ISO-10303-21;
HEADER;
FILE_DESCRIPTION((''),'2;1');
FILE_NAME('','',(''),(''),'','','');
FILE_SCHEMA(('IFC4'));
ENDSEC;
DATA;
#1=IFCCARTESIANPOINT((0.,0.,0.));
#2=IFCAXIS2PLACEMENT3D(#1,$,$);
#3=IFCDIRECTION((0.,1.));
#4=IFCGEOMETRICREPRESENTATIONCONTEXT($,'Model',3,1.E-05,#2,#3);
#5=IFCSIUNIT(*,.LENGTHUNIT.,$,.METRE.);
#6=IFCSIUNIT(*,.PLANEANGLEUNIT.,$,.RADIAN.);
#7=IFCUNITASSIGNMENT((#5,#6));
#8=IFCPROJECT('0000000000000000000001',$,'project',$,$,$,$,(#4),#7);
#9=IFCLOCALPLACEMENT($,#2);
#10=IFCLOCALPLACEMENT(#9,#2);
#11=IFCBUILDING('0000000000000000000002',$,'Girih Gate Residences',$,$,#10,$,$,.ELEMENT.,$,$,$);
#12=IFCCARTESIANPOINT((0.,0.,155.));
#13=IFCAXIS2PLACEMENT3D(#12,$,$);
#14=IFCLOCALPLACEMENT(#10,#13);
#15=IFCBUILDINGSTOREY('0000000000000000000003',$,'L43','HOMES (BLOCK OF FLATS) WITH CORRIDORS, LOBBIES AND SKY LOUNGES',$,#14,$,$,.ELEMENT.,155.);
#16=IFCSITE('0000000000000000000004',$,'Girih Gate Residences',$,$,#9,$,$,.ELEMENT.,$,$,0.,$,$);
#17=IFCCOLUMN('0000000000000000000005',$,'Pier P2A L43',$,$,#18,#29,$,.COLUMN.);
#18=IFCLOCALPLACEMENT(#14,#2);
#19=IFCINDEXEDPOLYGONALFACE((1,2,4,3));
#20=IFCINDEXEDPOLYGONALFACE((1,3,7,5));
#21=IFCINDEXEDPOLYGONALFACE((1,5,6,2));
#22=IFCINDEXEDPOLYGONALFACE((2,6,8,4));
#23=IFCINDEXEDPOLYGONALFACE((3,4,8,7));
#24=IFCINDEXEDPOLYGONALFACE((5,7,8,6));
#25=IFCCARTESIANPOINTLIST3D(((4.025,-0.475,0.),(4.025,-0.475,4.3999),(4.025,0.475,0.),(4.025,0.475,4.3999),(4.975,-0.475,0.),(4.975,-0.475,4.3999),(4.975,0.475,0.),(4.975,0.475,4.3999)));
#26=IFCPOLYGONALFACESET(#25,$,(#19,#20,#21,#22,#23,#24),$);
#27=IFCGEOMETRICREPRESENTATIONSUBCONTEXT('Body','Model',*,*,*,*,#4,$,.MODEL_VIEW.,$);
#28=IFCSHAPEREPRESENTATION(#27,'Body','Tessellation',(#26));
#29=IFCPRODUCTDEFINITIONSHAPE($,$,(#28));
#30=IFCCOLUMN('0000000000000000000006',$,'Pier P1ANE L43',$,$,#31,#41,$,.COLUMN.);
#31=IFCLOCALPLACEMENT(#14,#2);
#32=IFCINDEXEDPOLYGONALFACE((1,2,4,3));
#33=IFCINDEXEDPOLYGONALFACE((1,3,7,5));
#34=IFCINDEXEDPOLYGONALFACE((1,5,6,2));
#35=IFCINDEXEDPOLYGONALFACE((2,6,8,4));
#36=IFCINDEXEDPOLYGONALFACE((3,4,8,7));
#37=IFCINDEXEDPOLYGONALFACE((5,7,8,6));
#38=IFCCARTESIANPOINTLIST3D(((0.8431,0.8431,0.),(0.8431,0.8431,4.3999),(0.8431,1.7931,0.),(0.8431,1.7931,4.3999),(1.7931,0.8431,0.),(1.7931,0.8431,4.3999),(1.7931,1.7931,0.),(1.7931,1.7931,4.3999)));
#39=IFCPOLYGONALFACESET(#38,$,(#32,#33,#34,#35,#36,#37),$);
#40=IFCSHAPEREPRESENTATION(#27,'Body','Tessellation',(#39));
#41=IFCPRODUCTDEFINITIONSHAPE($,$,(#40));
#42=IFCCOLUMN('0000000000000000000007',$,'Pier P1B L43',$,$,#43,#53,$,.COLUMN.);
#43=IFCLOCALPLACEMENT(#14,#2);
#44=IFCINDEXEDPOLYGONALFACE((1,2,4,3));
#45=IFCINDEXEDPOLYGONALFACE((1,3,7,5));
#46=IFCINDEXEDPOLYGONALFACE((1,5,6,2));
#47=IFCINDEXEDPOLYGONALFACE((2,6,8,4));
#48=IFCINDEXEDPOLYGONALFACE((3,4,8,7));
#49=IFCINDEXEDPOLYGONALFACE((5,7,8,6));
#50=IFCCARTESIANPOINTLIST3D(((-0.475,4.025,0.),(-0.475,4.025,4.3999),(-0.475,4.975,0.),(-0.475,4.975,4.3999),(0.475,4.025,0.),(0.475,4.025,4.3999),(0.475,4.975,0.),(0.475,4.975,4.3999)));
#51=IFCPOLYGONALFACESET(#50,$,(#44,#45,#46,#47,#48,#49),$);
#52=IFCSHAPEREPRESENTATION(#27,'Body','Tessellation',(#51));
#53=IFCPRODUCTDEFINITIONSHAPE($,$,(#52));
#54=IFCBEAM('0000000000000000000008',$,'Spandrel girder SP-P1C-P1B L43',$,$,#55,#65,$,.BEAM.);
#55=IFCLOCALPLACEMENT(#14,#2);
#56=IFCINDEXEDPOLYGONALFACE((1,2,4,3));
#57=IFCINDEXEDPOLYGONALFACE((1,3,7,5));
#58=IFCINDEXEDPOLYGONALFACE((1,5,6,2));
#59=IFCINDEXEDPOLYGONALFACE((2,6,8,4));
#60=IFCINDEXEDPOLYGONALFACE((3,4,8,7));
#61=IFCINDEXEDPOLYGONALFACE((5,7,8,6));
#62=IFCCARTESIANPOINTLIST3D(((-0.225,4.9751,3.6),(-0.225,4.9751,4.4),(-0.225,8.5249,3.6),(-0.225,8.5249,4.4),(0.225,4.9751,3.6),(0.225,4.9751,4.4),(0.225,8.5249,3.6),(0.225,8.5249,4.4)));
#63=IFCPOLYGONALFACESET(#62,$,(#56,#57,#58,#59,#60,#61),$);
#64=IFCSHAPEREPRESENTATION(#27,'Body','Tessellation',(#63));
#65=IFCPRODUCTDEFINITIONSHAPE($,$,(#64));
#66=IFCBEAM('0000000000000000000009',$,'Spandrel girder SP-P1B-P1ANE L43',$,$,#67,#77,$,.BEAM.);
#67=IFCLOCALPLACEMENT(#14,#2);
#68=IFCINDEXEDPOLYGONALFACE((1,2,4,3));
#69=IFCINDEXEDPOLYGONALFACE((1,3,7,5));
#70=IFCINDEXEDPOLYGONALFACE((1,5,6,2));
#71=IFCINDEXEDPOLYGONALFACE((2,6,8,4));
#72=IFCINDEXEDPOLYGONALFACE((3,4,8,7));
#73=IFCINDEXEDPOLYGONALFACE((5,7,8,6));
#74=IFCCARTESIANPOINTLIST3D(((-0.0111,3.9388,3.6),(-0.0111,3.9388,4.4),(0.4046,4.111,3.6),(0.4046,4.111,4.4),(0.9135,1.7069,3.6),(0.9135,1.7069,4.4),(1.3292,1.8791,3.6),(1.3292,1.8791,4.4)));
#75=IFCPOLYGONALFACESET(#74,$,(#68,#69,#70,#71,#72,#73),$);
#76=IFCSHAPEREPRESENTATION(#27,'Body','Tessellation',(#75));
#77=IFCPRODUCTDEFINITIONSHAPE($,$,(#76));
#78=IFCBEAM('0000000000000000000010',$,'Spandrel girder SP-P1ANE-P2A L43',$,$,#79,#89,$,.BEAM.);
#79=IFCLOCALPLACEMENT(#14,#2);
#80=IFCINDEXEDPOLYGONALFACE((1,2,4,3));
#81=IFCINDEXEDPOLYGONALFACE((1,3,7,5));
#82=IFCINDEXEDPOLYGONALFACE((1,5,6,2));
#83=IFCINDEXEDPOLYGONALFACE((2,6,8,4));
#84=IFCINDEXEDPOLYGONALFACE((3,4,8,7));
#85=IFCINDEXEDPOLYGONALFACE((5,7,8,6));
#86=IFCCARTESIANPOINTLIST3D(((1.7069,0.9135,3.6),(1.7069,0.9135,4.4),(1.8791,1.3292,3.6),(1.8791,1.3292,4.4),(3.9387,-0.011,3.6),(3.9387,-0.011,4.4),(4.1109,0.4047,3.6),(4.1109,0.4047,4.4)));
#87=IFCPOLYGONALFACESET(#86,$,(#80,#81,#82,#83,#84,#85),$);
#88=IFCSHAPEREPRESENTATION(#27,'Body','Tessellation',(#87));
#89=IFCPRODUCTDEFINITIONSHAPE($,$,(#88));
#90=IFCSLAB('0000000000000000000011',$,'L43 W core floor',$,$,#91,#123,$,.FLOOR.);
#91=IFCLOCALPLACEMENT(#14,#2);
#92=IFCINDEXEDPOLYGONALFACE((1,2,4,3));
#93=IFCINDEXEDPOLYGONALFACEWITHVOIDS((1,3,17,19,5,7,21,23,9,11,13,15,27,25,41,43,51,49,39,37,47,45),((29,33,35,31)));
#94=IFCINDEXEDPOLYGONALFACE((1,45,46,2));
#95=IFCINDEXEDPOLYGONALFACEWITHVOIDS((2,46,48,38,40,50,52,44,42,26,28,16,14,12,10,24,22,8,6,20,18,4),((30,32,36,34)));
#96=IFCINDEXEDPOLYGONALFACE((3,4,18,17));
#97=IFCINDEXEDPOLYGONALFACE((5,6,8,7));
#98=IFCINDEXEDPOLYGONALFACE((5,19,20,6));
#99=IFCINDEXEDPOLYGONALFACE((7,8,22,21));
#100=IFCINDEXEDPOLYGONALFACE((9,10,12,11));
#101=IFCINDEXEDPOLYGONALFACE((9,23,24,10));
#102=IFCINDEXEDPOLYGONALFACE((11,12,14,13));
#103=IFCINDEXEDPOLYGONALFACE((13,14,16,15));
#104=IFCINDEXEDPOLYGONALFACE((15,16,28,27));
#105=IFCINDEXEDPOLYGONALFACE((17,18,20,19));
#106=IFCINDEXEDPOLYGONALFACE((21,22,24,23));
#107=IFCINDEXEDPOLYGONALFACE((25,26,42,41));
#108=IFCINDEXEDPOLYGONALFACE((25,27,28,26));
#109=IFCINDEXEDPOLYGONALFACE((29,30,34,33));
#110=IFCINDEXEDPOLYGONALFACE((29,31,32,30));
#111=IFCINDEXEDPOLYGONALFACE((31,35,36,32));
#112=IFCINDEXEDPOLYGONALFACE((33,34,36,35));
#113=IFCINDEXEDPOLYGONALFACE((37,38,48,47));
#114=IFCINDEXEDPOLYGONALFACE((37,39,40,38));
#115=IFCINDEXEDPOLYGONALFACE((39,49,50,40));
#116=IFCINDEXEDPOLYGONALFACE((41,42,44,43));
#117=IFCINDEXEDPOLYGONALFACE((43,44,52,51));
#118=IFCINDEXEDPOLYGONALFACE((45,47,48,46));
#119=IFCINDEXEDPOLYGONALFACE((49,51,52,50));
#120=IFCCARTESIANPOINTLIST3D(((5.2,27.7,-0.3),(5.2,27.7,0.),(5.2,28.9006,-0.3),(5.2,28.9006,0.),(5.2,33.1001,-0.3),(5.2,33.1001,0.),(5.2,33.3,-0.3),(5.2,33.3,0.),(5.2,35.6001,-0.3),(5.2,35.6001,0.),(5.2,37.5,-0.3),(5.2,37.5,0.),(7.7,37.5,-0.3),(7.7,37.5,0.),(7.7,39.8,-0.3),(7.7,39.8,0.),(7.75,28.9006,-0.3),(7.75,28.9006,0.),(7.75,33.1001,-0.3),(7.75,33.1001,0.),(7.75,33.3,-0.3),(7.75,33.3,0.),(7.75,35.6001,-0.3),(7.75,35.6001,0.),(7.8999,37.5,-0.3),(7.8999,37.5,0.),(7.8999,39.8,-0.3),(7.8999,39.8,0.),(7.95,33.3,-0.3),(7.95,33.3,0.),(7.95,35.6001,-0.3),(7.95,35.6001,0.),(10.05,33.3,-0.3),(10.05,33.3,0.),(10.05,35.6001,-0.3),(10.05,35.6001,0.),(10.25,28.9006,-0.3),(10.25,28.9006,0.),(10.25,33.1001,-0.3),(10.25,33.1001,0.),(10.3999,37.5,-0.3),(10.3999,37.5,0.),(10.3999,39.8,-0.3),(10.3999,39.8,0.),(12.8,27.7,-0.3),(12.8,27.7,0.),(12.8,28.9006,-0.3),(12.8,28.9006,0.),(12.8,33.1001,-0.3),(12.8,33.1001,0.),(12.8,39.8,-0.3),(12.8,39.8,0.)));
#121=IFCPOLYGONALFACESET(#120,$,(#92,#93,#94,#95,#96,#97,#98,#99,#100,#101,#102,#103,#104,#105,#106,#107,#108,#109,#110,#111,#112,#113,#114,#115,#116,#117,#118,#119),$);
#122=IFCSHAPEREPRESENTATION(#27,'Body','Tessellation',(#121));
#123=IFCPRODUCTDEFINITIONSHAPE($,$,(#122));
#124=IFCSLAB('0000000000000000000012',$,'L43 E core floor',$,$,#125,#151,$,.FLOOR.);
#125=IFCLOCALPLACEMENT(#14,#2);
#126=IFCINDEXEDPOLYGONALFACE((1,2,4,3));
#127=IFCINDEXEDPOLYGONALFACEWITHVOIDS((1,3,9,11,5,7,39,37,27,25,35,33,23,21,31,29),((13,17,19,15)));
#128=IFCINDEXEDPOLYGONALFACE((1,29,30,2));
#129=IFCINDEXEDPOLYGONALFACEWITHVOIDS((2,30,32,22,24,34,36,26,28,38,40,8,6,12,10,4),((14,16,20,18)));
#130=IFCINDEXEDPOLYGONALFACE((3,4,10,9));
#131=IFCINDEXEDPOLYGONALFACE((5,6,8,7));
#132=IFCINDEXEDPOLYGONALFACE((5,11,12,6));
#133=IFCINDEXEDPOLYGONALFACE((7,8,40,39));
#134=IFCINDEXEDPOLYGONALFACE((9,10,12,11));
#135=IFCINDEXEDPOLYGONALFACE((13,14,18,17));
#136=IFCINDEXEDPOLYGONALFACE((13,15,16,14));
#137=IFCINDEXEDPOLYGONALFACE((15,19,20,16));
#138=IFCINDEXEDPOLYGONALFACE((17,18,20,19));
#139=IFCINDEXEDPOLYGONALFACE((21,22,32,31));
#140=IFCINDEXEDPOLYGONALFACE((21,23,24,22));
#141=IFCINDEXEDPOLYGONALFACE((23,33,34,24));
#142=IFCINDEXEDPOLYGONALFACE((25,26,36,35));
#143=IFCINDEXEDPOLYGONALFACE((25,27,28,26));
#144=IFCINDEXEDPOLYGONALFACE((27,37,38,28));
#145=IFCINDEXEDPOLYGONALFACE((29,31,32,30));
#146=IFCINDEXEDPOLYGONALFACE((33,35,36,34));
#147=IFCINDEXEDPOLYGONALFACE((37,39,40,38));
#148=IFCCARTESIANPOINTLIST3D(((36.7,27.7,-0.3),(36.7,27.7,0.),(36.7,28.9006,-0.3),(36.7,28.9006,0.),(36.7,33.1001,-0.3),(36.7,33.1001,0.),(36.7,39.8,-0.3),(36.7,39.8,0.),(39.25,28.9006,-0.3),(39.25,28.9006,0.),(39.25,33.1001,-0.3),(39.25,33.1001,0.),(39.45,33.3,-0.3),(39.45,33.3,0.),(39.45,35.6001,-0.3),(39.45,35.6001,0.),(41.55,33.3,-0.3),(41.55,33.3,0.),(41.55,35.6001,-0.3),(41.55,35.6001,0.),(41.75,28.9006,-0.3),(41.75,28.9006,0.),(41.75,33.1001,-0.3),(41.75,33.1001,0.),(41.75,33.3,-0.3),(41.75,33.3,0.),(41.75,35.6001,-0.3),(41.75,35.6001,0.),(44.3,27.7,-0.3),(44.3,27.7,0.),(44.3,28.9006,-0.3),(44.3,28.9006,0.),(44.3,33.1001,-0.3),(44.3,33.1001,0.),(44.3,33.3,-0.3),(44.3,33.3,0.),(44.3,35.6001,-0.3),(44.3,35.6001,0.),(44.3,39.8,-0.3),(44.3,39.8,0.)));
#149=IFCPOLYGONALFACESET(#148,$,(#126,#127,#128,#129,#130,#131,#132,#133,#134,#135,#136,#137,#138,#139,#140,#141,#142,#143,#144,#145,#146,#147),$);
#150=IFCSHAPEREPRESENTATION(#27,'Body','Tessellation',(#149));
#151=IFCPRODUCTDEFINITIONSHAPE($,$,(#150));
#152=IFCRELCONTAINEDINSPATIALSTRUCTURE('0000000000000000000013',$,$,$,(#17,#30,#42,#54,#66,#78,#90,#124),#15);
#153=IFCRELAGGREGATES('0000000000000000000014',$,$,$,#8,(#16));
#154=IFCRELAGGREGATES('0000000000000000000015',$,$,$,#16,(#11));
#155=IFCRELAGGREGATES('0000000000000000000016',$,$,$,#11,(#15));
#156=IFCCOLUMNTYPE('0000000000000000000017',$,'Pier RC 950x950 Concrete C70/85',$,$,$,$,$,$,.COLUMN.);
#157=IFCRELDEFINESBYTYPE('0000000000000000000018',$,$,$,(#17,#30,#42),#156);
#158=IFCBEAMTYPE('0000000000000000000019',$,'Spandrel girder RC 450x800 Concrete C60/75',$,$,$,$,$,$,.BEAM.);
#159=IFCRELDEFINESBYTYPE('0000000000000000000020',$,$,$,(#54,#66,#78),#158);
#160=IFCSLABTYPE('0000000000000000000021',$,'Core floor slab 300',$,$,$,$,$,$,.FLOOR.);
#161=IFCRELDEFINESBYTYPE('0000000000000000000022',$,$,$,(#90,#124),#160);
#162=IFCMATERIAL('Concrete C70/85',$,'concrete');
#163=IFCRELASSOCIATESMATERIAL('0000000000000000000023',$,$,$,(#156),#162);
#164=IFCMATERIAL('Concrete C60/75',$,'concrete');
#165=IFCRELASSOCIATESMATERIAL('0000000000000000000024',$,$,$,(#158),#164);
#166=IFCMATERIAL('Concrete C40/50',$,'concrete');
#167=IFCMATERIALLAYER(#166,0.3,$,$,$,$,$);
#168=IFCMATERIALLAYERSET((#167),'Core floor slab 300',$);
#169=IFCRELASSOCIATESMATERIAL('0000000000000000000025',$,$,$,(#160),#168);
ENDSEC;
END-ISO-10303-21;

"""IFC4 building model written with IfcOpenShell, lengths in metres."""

from ifc_helpers import new_model, si_unit, direction, frame, origin, origin_2d, place, context, subcontext, project, spatial, polyline, rectangle, outline, extrude, material, layer, layer_set, material_profile, profile_set, type_object, element, save


model = new_model("IFC4")

# Units and contexts
model_context = context("Model", 3, precision=1e-05, world=origin(), true_north=direction((0.0, 1.0)))
body_context = subcontext(model_context, "Body", "Model", "MODEL_VIEW")
ifc_project = project(units=[si_unit("LENGTHUNIT", "METRE"), si_unit("PLANEANGLEUNIT", "RADIAN")], contexts=[model_context])

# Site, building, storey
site_placement = place(None, origin())
site = spatial("IfcSite", under=ifc_project, at=site_placement, Name="Girih Gate Residences", CompositionType="ELEMENT", RefElevation=0.0)
building_placement = place(site_placement, origin())
building = spatial("IfcBuilding", under=site, at=building_placement, Name="Girih Gate Residences", CompositionType="ELEMENT")
storey_placement = place(building_placement, frame((0.0, 0.0, 155.0)))
storey = spatial("IfcBuildingStorey", under=building, at=storey_placement, Name="L43", Description="HOMES (BLOCK OF FLATS) WITH CORRIDORS, LOBBIES AND SKY LOUNGES", CompositionType="ELEMENT", Elevation=155.0)

# Columns
ifc_material_1 = material(Name="Concrete C70/85", Category="concrete")
ifc_material_profile_1 = material_profile(ifc_material_1, rectangle(XDim=0.95, YDim=0.95, at=origin_2d()))
ifc_profile_set_1 = profile_set([ifc_material_profile_1], Name="Concrete C70/85")
column_type = type_object("IfcColumnType", Name="Pier RC 950x950 Concrete C70/85", PredefinedType="COLUMN", material=ifc_profile_set_1)
for number, where, z_axis, x_axis, name in (
    (1, (4.5, 0.0, 0.0), (0.0, 0.0, 1.0), (1.0, 0.0, 0.0), "Pier P2A L43"),
    (2, (1.3181, 1.3181, 0.0), (0.0, 0.0, 1.0), (1.0, 0.0, 0.0), "Pier P1ANE L43"),
    (3, (0.0, 4.5, 0.0), (0.0, 0.0, 1.0), (1.0, 0.0, 0.0), "Pier P1B L43"),
):
    element("IfcColumn", number, at=place(storey_placement, frame(where, z_axis=z_axis, x_axis=x_axis)), inside=storey, type_object=column_type, Name=name, PredefinedType="COLUMN", context=body_context, shape_type="SweptSolid", body=[
        extrude(rectangle(XDim=0.95, YDim=0.95, at=origin_2d()), origin(), (0.0, 0.0, 1.0), 4.3999),
    ])

# Beams
ifc_material_2 = material(Name="Concrete C60/75", Category="concrete")
ifc_material_profile_2 = material_profile(ifc_material_2, rectangle(XDim=0.45, YDim=0.8, at=origin_2d()))
ifc_profile_set_2 = profile_set([ifc_material_profile_2], Name="Concrete C60/75")
beam_type = type_object("IfcBeamType", Name="Spandrel girder RC 450x800 Concrete C60/75", PredefinedType="BEAM", material=ifc_profile_set_2)
beam_placement = place(storey_placement, frame((0.0, 8.5249, 4.0), z_axis=(0.0, -1.0, 0.0), x_axis=(1.0, 0.0, 0.0)))
element("IfcBeam", 4, at=beam_placement, inside=storey, type_object=beam_type, Name="Spandrel girder SP-P1C-P1B L43", PredefinedType="BEAM", context=body_context, shape_type="SweptSolid", body=[
    extrude(rectangle(XDim=0.45, YDim=0.8, at=origin_2d()), origin(), (0.0, 0.0, 1.0), 3.5498),
])
for number, where, z_axis, x_axis, name in (
    (5, (0.1968, 4.0249, 4.0), (0.382706, -0.92387, 0.0), (0.92387, 0.382706, 0.0), "Spandrel girder SP-P1B-P1ANE L43"),
    (6, (1.793, 1.1213, 4.0), (0.92387, -0.382706, 0.0), (0.382706, 0.92387, 0.0), "Spandrel girder SP-P1ANE-P2A L43"),
):
    element("IfcBeam", number, at=place(storey_placement, frame(where, z_axis=z_axis, x_axis=x_axis)), inside=storey, type_object=beam_type, Name=name, PredefinedType="BEAM", context=body_context, shape_type="SweptSolid", body=[
        extrude(rectangle(XDim=0.45, YDim=0.8, at=origin_2d()), origin(), (0.0, 0.0, 1.0), 2.4158),
    ])

# Slabs
ifc_material_3 = material(Name="Concrete C40/50", Category="concrete")
ifc_layer_1 = layer(ifc_material_3, 0.3)
ifc_layer_set_1 = layer_set([ifc_layer_1], Name="Core floor slab 300")
slab_type_1 = type_object("IfcSlabType", Name="Core floor slab 300", PredefinedType="FLOOR", material=ifc_layer_set_1)
slab_1_placement = place(storey_placement, frame((0.0, 0.0, -0.3)))
element("IfcSlab", 7, at=slab_1_placement, inside=storey, type_object=slab_type_1, Name="L43 W core floor", PredefinedType="FLOOR", context=body_context, shape_type="SweptSolid", body=[
    extrude(outline(polyline([(12.8, 27.7), (5.2, 27.7), (5.2, 28.9006), (7.75, 28.9006), (7.75, 33.1001), (5.2, 33.1001), (5.2, 33.3), (7.75, 33.3), (7.75, 35.6001), (5.2, 35.6001), (5.2, 37.5), (7.7, 37.5), (7.7, 39.8), (7.8999, 39.8), (7.8999, 37.5), (10.3999, 37.5), (10.3999, 39.8), (12.8, 39.8), (12.8, 33.1001), (10.25, 33.1001), (10.25, 28.9006), (12.8, 28.9006), (12.8, 27.7)]), holes=[polyline([(7.95, 33.3), (10.05, 33.3), (10.05, 35.6001), (7.95, 35.6001), (7.95, 33.3)])]), origin(), (0.0, 0.0, 1.0), 0.3),
])
slab_2_placement = place(storey_placement, frame((0.0, 0.0, -0.3)))
element("IfcSlab", 8, at=slab_2_placement, inside=storey, type_object=slab_type_1, Name="L43 E core floor", PredefinedType="FLOOR", context=body_context, shape_type="SweptSolid", body=[
    extrude(outline(polyline([(44.3, 27.7), (36.7, 27.7), (36.7, 28.9006), (39.25, 28.9006), (39.25, 33.1001), (36.7, 33.1001), (36.7, 39.8), (44.3, 39.8), (44.3, 35.6001), (41.75, 35.6001), (41.75, 33.3), (44.3, 33.3), (44.3, 33.1001), (41.75, 33.1001), (41.75, 28.9006), (44.3, 28.9006), (44.3, 27.7)]), holes=[polyline([(39.45, 33.3), (41.55, 33.3), (41.55, 35.6001), (39.45, 35.6001), (39.45, 33.3)])]), origin(), (0.0, 0.0, 1.0), 0.3),
])

save(model, "model.ifc")
